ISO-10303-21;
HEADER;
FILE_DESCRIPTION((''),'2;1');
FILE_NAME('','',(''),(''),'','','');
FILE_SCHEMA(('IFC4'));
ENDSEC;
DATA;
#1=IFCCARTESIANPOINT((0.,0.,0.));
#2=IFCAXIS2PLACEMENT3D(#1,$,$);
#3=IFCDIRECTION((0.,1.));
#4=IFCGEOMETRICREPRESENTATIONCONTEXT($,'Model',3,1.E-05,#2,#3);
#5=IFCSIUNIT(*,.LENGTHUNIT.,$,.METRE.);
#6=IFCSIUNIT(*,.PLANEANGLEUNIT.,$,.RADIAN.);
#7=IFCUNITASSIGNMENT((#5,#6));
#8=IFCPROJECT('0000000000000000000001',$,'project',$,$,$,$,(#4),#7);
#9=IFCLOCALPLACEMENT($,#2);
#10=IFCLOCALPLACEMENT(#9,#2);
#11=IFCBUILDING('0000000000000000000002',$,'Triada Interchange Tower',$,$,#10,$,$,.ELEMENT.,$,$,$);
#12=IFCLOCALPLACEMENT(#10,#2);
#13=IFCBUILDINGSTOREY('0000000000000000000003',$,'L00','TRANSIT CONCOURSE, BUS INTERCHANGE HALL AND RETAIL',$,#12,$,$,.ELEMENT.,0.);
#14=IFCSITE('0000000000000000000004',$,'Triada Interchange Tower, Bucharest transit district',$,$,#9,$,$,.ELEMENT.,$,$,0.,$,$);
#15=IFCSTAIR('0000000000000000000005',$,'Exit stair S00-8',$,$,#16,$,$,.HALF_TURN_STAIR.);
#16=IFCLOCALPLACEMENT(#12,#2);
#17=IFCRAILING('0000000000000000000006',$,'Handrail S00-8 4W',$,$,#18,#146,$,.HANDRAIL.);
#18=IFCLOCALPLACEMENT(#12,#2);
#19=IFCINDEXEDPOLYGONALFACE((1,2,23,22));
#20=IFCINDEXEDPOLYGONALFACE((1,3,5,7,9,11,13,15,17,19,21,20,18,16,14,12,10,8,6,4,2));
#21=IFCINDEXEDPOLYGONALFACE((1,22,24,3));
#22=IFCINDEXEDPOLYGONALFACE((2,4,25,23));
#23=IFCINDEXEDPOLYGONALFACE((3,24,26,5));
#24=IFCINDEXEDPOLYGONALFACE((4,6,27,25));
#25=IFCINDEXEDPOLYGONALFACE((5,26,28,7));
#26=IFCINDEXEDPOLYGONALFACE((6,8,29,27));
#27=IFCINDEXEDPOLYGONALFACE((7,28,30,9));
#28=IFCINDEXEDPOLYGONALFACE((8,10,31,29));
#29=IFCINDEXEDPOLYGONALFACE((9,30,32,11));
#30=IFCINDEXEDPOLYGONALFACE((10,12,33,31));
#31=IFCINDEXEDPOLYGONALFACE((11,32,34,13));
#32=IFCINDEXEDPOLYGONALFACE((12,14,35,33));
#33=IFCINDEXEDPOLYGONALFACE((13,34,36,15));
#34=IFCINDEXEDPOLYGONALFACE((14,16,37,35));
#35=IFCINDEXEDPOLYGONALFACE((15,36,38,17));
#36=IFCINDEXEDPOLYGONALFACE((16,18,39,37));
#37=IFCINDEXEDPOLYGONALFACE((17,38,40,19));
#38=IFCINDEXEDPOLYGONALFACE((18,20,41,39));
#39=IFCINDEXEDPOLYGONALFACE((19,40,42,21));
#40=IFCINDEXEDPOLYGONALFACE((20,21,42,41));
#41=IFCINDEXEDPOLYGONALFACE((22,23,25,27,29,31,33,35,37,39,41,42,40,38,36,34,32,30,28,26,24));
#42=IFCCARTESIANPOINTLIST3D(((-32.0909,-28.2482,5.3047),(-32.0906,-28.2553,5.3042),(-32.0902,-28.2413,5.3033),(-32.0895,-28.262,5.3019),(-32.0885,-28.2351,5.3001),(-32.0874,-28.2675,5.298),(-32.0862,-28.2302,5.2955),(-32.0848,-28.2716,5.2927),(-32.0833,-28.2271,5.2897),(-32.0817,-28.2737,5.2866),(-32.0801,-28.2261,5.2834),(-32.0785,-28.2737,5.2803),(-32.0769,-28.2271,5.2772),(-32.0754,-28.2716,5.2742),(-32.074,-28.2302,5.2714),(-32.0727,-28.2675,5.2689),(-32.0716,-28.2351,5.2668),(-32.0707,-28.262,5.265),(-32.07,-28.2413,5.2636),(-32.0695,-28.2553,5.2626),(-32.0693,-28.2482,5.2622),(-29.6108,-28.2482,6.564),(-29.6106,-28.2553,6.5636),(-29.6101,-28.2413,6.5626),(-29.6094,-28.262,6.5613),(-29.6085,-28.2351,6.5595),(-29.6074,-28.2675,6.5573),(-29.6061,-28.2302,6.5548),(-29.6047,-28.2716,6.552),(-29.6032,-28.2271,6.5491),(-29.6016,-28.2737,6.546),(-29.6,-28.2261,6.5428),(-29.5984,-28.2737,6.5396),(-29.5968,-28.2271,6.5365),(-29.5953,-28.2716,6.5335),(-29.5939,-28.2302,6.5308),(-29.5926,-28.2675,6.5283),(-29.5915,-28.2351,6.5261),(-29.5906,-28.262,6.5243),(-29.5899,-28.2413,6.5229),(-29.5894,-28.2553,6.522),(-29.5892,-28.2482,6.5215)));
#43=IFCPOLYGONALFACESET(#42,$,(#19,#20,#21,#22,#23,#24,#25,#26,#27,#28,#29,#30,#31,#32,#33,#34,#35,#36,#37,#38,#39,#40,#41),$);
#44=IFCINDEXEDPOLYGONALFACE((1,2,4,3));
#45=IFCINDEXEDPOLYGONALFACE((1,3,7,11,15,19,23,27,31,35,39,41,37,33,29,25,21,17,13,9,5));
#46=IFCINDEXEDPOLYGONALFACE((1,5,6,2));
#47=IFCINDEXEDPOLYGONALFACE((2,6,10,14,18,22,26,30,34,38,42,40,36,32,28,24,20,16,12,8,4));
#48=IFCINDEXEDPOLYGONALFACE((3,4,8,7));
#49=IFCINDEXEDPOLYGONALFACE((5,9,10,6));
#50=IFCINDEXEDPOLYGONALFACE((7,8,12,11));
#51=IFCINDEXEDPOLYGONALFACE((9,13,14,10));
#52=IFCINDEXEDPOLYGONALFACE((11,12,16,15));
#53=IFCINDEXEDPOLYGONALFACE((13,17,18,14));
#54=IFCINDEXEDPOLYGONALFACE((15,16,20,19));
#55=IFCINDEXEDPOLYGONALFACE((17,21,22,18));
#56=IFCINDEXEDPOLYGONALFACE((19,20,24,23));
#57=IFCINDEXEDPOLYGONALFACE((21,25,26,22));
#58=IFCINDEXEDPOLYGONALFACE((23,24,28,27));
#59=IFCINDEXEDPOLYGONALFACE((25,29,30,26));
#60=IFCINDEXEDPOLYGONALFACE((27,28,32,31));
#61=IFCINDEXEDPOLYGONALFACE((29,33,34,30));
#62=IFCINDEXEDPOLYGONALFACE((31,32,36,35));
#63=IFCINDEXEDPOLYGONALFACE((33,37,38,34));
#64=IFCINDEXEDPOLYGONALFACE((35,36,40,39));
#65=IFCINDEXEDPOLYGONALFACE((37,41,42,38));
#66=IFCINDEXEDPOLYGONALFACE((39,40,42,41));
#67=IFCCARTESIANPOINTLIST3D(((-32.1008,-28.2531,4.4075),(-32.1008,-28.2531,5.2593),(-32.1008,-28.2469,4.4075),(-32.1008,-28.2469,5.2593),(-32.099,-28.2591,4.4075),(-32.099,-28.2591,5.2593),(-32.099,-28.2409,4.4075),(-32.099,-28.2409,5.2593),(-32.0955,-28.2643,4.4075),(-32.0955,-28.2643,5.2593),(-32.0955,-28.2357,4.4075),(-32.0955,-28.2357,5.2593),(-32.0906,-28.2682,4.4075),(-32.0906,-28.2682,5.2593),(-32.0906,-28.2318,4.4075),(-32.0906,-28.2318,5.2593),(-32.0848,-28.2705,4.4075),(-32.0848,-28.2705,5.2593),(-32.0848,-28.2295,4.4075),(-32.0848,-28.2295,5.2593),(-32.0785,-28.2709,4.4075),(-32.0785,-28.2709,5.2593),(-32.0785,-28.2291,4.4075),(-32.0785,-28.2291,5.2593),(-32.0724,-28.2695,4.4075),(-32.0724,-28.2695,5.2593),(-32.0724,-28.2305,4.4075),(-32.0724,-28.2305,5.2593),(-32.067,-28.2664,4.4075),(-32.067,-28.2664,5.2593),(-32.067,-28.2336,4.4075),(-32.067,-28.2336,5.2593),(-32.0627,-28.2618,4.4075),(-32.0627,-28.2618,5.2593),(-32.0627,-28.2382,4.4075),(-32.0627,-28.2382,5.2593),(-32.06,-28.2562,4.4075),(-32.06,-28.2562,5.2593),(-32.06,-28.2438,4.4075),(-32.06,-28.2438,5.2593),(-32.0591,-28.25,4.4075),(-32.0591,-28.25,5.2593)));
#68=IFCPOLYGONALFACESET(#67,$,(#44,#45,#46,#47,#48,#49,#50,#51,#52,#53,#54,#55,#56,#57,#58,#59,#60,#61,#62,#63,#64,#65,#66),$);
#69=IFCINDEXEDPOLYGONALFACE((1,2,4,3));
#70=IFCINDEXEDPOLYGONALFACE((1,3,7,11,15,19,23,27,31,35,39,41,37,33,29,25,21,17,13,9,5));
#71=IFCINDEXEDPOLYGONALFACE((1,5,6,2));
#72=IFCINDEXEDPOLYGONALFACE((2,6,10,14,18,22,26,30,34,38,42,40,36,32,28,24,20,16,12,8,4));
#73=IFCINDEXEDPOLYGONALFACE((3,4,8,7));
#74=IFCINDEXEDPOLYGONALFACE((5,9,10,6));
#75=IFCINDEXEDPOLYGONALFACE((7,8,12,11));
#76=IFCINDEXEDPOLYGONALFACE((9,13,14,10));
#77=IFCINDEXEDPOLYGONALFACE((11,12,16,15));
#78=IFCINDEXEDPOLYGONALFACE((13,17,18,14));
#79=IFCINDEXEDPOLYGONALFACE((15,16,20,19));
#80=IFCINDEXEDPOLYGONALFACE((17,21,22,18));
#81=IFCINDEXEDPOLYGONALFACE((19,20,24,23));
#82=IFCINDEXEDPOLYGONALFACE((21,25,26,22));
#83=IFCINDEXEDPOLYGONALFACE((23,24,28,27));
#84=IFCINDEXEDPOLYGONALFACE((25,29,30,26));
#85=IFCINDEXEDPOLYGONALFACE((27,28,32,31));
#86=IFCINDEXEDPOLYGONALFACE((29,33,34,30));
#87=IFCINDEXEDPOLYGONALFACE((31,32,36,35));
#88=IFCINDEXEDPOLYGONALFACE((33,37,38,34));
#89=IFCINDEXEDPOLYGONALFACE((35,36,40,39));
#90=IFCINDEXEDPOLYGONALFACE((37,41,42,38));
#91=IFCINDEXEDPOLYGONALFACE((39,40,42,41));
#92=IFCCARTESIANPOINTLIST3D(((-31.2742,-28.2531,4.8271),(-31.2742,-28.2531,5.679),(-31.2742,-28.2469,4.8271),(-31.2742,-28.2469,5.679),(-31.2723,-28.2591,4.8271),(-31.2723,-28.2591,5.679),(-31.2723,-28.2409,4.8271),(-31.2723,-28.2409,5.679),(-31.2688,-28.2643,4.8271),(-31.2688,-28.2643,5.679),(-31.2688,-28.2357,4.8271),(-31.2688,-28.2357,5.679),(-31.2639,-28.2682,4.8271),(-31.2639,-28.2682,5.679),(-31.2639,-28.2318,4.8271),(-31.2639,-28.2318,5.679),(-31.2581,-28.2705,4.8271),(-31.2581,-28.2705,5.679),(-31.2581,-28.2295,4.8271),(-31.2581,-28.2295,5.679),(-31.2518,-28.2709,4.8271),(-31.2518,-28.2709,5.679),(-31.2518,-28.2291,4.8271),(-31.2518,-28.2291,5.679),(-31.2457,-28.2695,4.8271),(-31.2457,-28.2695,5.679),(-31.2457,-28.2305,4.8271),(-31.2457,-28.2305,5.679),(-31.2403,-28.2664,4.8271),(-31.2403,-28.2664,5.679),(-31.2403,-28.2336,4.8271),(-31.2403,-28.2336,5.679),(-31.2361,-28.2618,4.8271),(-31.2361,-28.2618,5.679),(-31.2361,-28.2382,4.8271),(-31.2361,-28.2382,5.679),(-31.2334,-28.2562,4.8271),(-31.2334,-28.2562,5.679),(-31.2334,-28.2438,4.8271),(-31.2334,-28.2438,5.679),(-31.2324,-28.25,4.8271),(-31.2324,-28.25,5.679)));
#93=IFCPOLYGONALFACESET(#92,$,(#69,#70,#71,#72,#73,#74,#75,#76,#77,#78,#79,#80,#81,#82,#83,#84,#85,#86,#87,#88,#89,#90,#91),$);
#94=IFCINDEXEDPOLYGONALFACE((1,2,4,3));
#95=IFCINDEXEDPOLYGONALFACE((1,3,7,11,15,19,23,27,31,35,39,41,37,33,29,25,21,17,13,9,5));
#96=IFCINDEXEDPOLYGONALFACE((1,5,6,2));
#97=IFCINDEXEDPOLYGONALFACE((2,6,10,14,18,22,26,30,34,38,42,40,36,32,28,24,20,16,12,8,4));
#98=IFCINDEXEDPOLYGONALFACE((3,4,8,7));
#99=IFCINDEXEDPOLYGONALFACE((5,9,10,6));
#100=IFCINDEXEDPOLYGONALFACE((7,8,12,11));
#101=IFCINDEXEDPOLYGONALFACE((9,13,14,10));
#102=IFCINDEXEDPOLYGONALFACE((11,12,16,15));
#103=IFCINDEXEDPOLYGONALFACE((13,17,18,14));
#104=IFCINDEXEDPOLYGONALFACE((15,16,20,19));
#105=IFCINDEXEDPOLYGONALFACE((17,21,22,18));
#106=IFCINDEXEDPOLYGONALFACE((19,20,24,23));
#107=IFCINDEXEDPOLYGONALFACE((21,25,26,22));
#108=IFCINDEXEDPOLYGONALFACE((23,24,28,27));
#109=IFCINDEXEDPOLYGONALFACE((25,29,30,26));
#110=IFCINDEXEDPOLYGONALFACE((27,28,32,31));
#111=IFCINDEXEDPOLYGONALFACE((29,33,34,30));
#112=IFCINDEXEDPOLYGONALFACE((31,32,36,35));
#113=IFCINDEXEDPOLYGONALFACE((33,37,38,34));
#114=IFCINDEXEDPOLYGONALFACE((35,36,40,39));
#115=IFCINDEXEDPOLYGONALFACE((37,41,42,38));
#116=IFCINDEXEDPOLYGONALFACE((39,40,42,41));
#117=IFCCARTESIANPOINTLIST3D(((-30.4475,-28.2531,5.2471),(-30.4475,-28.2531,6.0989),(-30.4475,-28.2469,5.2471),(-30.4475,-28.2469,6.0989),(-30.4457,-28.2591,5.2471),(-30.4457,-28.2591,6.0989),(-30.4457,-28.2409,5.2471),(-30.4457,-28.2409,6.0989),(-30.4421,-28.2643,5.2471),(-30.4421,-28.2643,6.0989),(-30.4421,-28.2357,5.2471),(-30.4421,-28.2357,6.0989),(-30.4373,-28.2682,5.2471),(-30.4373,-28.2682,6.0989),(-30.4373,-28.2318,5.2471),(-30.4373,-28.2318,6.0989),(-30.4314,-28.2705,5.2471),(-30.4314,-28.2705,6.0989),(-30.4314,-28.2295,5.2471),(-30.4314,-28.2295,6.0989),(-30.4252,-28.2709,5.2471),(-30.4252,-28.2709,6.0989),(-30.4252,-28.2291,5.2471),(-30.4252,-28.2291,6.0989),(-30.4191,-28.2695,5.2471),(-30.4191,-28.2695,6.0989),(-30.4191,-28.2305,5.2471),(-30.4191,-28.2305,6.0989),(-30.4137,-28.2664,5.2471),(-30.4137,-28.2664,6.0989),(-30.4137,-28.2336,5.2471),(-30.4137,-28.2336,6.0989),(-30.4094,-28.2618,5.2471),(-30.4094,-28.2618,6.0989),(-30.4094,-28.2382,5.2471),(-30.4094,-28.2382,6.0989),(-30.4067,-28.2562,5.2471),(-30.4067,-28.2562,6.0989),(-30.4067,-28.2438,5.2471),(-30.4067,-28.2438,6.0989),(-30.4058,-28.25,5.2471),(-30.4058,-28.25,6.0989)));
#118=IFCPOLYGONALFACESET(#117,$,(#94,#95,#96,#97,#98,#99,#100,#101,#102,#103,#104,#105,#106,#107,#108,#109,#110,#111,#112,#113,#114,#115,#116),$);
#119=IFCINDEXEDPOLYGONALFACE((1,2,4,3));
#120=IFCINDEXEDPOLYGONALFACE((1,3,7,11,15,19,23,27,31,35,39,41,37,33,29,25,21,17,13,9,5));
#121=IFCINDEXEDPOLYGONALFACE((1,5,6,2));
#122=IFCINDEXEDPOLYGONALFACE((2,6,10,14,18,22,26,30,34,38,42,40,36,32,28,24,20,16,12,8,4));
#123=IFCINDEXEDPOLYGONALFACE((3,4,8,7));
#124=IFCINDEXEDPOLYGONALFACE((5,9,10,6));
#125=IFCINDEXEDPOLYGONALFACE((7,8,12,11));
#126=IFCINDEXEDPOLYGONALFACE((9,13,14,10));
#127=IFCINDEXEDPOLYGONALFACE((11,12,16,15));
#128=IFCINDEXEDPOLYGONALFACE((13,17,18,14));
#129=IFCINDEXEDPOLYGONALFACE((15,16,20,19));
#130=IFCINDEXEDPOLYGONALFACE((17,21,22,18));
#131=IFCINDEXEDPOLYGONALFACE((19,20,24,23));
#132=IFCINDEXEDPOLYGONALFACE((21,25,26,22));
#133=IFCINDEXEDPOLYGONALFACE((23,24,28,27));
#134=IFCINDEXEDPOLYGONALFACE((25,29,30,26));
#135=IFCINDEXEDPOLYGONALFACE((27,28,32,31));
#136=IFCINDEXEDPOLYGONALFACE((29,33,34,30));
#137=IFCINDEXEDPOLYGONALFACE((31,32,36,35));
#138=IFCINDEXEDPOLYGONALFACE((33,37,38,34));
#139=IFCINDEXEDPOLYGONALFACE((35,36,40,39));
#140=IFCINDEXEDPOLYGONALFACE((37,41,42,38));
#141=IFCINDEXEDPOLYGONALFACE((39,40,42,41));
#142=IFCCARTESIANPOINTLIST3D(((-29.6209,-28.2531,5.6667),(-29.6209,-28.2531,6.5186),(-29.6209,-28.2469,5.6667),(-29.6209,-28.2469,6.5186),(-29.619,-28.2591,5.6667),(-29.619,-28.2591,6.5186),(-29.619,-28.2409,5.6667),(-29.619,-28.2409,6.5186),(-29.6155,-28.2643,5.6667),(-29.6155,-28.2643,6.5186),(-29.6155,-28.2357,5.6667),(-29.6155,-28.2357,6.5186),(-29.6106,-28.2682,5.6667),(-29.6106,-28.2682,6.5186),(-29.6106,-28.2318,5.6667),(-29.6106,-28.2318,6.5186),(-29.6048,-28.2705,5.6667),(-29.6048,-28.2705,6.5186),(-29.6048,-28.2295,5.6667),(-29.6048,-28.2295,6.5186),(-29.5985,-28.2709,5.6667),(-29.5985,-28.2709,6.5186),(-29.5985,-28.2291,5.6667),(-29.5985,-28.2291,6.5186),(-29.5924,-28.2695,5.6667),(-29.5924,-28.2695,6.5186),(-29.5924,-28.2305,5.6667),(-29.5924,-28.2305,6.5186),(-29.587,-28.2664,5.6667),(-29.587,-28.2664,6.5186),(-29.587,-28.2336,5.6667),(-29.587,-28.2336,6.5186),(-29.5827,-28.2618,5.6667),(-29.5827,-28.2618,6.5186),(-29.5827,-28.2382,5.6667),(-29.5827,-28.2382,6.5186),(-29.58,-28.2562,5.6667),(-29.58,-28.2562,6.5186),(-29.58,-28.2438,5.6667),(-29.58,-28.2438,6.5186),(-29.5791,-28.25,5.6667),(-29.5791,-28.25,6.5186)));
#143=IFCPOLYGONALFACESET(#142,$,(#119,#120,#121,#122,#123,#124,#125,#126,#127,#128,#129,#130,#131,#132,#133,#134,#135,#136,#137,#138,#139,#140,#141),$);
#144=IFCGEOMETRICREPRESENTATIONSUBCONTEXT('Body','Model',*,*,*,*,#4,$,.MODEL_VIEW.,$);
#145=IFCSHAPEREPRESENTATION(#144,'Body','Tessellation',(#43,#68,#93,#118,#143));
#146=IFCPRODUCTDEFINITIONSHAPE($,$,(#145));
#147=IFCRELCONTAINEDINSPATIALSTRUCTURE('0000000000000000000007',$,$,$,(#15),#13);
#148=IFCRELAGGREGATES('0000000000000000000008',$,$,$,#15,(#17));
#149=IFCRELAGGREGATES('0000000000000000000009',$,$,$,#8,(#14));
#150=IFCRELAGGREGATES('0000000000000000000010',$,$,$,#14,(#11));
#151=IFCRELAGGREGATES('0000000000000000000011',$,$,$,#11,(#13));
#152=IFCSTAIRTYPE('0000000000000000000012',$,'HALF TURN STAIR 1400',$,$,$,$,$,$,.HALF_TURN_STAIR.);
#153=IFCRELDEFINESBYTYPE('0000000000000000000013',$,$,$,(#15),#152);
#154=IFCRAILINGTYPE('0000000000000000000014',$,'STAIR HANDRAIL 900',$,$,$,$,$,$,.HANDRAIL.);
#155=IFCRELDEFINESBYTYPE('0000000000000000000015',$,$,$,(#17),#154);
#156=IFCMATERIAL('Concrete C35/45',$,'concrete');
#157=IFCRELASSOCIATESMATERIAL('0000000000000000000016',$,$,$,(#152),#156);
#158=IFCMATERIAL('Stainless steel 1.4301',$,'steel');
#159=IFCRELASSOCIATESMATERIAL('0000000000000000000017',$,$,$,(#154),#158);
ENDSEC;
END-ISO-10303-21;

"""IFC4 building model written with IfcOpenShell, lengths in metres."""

from ifc_helpers import new_model, si_unit, direction, frame, origin, origin_2d, place, context, subcontext, project, spatial, circle, extrude, material, type_object, element, aggregate, save


model = new_model("IFC4")

# Units and contexts
model_context = context("Model", 3, precision=1e-05, world=origin(), true_north=direction((0.0, 1.0)))
body_context = subcontext(model_context, "Body", "Model", "MODEL_VIEW")
ifc_project = project(units=[si_unit("LENGTHUNIT", "METRE"), si_unit("PLANEANGLEUNIT", "RADIAN")], contexts=[model_context])

# Site, building, storey
site_placement = place(None, origin())
site = spatial("IfcSite", under=ifc_project, at=site_placement, Name="Triada Interchange Tower, Bucharest transit district", CompositionType="ELEMENT", RefElevation=0.0)
building_placement = place(site_placement, origin())
building = spatial("IfcBuilding", under=site, at=building_placement, Name="Triada Interchange Tower", CompositionType="ELEMENT")
storey_placement = place(building_placement, origin())
storey = spatial("IfcBuildingStorey", under=building, at=storey_placement, Name="L00", Description="TRANSIT CONCOURSE, BUS INTERCHANGE HALL AND RETAIL", CompositionType="ELEMENT", Elevation=0.0)

# Stair, railing
ifc_material_1 = material(Name="Concrete C35/45", Category="concrete")
stair_type = type_object("IfcStairType", Name="HALF TURN STAIR 1400", PredefinedType="HALF_TURN_STAIR", material=ifc_material_1)
stair_placement = place(storey_placement, origin())
stair = element("IfcStair", 1, at=stair_placement, inside=storey, type_object=stair_type, Name="Exit stair S00-8", PredefinedType="HALF_TURN_STAIR")
ifc_material_2 = material(Name="Stainless steel 1.4301", Category="steel")
railing_type = type_object("IfcRailingType", Name="STAIR HANDRAIL 900", PredefinedType="HANDRAIL", material=ifc_material_2)
railing_1_placement = place(storey_placement, frame((-32.0801, -28.25, 4.4075)))
railing_1 = element("IfcRailing", 2, at=railing_1_placement, type_object=railing_type, Name="Handrail S00-8 4W", PredefinedType="HANDRAIL", context=body_context, shape_type="SweptSolid", body=[
    extrude(circle(Radius=0.0239, at=origin_2d()), frame((0.0, 0.0, 0.876), z_axis=(0.891636, 0.0, 0.452752), x_axis=(0.0, 1.0, 0.0)), (0.0, 0.0, 1.0), 2.7815),
    extrude(circle(Radius=0.021, at=origin_2d()), origin(), (0.0, 0.0, 1.0), 0.8518),
    extrude(circle(Radius=0.021, at=origin_2d()), frame((0.8267, 0.0, 0.4197)), (0.0, 0.0, 1.0), 0.8518),
    extrude(circle(Radius=0.021, at=origin_2d()), frame((1.6533, 0.0, 0.8396)), (0.0, 0.0, 1.0), 0.8518),
    extrude(circle(Radius=0.021, at=origin_2d()), frame((2.48, 0.0, 1.2593)), (0.0, 0.0, 1.0), 0.8518),
])
aggregate(stair, [railing_1])

save(model, "model.ifc")
